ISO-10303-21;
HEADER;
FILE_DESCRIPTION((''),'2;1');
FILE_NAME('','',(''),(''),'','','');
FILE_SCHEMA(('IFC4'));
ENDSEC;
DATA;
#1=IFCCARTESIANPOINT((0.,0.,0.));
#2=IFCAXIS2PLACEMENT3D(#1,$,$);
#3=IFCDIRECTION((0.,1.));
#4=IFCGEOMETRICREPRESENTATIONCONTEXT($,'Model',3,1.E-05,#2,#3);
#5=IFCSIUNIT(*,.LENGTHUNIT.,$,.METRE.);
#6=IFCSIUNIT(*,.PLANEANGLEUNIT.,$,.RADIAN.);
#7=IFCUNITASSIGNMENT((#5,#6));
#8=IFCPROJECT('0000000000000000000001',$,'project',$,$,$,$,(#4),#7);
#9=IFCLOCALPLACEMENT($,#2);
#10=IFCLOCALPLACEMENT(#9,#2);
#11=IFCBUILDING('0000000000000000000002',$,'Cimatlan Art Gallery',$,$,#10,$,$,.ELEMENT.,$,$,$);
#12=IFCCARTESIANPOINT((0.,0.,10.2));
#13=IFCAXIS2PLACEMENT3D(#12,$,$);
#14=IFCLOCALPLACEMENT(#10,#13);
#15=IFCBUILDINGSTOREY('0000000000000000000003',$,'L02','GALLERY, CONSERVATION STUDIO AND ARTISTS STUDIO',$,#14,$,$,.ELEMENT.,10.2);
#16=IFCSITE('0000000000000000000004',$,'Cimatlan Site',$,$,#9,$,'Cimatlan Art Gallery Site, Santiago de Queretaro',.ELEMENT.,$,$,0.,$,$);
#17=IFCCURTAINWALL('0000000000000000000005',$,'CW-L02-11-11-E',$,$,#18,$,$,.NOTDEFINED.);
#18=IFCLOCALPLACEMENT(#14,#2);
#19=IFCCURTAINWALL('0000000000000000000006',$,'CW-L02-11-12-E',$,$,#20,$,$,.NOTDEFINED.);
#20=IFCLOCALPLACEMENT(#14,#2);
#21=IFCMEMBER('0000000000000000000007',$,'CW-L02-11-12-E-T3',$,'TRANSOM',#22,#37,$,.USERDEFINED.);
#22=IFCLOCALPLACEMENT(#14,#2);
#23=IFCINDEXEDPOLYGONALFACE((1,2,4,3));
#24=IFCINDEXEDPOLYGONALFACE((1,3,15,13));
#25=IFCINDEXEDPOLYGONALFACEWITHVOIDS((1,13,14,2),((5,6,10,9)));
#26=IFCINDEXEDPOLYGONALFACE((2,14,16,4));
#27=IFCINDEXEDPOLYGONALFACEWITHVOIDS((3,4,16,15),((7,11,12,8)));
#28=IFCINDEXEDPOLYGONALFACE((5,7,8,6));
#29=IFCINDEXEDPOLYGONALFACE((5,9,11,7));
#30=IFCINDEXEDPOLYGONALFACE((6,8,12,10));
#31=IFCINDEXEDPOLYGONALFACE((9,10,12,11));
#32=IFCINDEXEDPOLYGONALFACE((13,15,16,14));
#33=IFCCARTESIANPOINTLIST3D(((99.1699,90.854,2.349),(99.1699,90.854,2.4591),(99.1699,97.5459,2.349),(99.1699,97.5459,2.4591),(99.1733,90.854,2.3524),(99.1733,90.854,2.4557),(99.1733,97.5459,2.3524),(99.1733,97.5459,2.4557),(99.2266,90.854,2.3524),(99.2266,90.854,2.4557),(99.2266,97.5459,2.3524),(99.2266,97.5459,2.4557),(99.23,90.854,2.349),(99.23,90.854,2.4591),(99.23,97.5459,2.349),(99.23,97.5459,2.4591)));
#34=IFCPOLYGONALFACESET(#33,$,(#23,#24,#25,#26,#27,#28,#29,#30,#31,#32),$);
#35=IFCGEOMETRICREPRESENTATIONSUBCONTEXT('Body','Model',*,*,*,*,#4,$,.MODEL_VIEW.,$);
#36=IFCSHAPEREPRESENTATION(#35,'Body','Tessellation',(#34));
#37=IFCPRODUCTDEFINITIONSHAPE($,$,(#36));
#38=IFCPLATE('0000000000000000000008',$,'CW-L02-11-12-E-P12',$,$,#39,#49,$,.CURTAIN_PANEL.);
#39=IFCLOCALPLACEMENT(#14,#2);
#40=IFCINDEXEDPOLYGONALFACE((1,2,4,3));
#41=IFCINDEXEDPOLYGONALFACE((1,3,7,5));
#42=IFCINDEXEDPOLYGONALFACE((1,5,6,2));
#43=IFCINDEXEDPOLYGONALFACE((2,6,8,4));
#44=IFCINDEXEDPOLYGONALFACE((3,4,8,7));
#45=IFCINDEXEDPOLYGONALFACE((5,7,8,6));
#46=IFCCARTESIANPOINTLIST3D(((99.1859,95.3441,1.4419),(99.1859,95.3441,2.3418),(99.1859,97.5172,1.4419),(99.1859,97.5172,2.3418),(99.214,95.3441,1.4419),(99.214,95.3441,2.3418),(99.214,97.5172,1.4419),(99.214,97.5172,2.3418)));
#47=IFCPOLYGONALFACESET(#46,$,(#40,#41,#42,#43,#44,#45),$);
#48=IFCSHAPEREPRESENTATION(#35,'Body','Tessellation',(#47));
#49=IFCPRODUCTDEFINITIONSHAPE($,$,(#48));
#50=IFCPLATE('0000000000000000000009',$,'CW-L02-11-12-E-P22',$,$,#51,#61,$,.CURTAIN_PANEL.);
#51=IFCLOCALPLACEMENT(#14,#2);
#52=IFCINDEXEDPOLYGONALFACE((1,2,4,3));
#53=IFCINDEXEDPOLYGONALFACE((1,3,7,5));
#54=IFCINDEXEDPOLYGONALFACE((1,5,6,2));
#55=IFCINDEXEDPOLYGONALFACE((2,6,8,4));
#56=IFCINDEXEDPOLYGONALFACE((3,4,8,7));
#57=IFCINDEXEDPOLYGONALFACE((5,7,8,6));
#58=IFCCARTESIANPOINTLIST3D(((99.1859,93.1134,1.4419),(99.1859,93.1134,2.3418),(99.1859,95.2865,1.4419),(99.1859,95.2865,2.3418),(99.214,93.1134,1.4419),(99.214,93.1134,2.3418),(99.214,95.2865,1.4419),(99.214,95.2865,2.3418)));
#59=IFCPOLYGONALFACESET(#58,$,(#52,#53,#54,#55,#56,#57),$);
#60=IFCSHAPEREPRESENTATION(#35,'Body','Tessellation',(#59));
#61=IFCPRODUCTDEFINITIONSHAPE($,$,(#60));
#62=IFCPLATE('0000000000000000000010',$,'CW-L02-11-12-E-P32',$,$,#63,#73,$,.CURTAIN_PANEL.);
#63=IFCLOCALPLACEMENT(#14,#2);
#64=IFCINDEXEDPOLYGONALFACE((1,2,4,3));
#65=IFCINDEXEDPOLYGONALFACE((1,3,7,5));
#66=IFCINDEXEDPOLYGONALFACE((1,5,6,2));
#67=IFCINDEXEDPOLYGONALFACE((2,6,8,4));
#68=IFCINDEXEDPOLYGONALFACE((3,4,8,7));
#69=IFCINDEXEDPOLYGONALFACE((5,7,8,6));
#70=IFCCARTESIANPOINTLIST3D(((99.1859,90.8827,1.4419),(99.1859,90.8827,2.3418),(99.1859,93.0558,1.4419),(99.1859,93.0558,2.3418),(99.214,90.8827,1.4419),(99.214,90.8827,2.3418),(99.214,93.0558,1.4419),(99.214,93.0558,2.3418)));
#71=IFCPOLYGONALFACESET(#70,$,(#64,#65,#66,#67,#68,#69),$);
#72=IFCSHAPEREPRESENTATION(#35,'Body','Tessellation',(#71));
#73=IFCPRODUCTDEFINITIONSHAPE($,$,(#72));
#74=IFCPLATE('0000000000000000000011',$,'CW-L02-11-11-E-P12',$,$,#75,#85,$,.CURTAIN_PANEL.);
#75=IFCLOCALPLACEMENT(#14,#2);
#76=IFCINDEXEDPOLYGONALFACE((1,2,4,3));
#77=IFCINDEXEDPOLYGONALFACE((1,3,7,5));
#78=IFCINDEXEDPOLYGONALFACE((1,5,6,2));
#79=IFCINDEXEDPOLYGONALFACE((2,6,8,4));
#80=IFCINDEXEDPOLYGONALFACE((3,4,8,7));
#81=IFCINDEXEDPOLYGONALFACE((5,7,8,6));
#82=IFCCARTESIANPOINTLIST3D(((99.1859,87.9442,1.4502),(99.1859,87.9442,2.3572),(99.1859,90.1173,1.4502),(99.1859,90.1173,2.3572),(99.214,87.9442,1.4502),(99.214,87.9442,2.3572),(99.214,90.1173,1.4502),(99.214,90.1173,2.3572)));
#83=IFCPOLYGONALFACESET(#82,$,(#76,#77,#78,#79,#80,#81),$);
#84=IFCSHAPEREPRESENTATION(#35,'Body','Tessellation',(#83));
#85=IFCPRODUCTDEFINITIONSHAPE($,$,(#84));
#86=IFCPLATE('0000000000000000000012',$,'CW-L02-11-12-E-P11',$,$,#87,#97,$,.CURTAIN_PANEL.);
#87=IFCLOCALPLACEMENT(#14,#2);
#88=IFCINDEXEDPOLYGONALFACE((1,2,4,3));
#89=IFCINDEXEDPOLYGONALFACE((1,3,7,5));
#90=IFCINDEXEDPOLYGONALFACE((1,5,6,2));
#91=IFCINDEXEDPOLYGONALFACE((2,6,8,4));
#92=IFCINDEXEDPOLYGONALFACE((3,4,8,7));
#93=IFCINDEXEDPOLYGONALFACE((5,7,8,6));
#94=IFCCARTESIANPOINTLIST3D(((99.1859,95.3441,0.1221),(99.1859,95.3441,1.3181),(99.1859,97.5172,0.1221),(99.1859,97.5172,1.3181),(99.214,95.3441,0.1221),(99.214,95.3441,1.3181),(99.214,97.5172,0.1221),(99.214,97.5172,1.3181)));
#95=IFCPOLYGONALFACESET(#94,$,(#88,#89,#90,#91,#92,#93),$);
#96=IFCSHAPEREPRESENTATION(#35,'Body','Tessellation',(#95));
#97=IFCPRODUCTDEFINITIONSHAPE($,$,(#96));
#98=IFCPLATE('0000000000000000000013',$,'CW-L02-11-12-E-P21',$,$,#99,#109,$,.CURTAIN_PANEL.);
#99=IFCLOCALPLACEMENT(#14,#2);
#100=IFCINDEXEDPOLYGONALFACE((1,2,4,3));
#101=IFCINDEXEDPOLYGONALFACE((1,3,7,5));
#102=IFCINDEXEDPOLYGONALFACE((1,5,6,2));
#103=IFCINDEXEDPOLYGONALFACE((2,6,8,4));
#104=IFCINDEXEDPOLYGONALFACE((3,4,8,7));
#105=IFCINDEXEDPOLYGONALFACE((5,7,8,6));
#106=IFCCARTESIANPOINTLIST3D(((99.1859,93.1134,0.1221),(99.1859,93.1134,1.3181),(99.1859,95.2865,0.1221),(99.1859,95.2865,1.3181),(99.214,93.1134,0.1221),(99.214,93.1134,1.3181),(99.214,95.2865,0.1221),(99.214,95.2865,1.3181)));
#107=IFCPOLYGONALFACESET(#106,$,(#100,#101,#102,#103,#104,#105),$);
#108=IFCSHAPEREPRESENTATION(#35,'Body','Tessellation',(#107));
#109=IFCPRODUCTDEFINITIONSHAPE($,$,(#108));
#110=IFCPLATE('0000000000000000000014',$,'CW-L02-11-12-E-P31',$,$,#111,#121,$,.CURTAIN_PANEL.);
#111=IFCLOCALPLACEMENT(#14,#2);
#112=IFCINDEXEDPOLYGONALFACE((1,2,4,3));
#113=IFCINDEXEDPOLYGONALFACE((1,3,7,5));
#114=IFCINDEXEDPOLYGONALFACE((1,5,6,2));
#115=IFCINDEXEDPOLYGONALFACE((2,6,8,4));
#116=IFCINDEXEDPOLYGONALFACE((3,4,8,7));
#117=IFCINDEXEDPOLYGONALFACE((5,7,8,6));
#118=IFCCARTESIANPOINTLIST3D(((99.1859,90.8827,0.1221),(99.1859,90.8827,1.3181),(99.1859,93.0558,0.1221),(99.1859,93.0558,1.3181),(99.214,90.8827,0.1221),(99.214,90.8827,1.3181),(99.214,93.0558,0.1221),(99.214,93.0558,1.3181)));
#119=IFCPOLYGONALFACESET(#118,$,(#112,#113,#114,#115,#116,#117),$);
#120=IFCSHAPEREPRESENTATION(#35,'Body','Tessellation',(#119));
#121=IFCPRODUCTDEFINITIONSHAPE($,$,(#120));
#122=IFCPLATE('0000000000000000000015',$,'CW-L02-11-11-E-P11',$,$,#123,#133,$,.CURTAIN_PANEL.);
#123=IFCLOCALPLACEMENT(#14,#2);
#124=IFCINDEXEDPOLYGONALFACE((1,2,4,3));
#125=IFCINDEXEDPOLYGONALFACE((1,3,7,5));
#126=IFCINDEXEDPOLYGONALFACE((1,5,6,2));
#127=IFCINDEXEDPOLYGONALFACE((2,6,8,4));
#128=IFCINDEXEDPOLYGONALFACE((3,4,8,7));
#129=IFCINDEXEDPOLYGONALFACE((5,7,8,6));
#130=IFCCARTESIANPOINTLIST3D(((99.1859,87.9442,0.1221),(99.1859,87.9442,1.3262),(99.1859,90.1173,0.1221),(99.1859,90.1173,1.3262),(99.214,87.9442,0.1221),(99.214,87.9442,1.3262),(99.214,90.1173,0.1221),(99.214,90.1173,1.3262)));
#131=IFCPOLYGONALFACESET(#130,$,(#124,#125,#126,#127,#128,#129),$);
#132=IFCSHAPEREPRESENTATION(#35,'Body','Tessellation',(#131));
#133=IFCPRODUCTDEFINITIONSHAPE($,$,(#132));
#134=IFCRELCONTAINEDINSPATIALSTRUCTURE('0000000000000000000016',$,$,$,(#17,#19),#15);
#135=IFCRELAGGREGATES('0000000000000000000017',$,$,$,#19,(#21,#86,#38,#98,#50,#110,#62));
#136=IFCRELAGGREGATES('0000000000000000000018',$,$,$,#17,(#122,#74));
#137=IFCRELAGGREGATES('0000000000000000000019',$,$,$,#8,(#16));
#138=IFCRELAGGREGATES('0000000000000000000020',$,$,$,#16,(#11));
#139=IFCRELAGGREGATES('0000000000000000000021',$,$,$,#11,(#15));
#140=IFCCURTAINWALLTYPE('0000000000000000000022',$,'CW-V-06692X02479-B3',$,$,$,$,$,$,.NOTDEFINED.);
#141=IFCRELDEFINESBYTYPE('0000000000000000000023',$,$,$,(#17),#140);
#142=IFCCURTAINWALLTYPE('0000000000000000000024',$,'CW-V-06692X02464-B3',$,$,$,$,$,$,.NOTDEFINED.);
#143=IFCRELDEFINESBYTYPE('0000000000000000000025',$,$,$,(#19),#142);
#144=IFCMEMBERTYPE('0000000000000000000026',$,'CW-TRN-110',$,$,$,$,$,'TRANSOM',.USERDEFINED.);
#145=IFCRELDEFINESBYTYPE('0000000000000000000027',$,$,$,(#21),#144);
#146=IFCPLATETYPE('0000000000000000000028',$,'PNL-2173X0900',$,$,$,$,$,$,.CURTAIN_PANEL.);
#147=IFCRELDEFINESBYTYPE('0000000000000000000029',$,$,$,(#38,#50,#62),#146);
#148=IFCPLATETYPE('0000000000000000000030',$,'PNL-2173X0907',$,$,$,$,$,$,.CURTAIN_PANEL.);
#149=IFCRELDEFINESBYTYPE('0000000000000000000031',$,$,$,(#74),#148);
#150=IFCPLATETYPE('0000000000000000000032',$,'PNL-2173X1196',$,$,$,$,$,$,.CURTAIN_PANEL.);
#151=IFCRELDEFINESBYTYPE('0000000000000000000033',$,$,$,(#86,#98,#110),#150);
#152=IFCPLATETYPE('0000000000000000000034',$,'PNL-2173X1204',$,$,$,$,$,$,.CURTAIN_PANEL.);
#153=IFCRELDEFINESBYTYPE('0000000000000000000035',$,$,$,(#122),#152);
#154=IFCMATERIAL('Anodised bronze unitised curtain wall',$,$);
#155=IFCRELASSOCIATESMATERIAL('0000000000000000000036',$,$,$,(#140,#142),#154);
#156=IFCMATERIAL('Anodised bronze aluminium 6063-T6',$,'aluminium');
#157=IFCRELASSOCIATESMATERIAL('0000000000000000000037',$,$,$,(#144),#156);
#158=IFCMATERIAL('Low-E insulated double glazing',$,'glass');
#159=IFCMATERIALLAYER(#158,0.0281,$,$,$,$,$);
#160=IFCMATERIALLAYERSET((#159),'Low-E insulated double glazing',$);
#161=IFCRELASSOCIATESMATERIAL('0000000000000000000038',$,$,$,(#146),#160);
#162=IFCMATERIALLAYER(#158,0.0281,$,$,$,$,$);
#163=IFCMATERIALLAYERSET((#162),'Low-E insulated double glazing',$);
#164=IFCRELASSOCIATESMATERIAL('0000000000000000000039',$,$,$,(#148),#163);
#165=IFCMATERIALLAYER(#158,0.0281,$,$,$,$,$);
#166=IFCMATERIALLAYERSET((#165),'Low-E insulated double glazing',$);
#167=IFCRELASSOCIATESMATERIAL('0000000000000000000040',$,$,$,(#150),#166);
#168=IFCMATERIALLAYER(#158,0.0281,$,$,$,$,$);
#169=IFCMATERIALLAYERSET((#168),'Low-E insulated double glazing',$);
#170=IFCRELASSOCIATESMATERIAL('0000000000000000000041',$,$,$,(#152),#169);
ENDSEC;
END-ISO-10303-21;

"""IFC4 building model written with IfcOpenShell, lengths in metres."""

from ifc_helpers import new_model, si_unit, direction, frame, origin, origin_2d, place, context, subcontext, project, spatial, rectangle, hollow_rectangle, extrude, material, layer, layer_set, material_profile, profile_set, type_object, element, aggregate, save


model = new_model("IFC4")

# Units and contexts
model_context = context("Model", 3, precision=1e-05, world=origin(), true_north=direction((0.0, 1.0)))
body_context = subcontext(model_context, "Body", "Model", "MODEL_VIEW")
ifc_project = project(units=[si_unit("LENGTHUNIT", "METRE"), si_unit("PLANEANGLEUNIT", "RADIAN")], contexts=[model_context])

# Site, building, storey
site_placement = place(None, origin())
site = spatial("IfcSite", under=ifc_project, at=site_placement, Name="Cimatlan Site", LongName="Cimatlan Art Gallery Site, Santiago de Queretaro", CompositionType="ELEMENT", RefElevation=0.0)
building_placement = place(site_placement, origin())
building = spatial("IfcBuilding", under=site, at=building_placement, Name="Cimatlan Art Gallery", CompositionType="ELEMENT")
storey_placement = place(building_placement, frame((0.0, 0.0, 10.2)))
storey = spatial("IfcBuildingStorey", under=building, at=storey_placement, Name="L02", Description="GALLERY, CONSERVATION STUDIO AND ARTISTS STUDIO", CompositionType="ELEMENT", Elevation=10.2)

# Curtain walls
ifc_material_1 = material(Name="Anodised bronze unitised curtain wall")
curtain_wall_type_1 = type_object("IfcCurtainWallType", Name="CW-V-06692X02479-B3", PredefinedType="NOTDEFINED", material=ifc_material_1)
curtain_wall_1_placement = place(storey_placement, origin())
curtain_wall_1 = element("IfcCurtainWall", 1, at=curtain_wall_1_placement, inside=storey, type_object=curtain_wall_type_1, Name="CW-L02-11-11-E", PredefinedType="NOTDEFINED")
ifc_material_2 = material(Name="Anodised bronze aluminium 6063-T6", Category="aluminium")
curtain_wall_type_2 = type_object("IfcCurtainWallType", Name="CW-V-06692X02464-B3", PredefinedType="NOTDEFINED", material=ifc_material_1)
curtain_wall_2_placement = place(storey_placement, origin())
curtain_wall_2 = element("IfcCurtainWall", 2, at=curtain_wall_2_placement, inside=storey, type_object=curtain_wall_type_2, Name="CW-L02-11-12-E", PredefinedType="NOTDEFINED")

# Member
ifc_material_profile_1 = material_profile(ifc_material_2, hollow_rectangle(XDim=0.0601, YDim=0.1101, WallThickness=0.0034, at=origin_2d()), Name="ALU60X110X3")
ifc_profile_set_1 = profile_set([ifc_material_profile_1], Name="Anodised bronze aluminium 6063-T6")
member_type_1 = type_object("IfcMemberType", Name="CW-TRN-110", ElementType="TRANSOM", PredefinedType="USERDEFINED", material=ifc_profile_set_1)
member_1_placement = place(storey_placement, frame((99.2, 97.5459, 2.4041), z_axis=(0.0, -1.0, 0.0), x_axis=(1.0, 0.0, 0.0)))
member_1 = element("IfcMember", 3, at=member_1_placement, type_object=member_type_1, Name="CW-L02-11-12-E-T3", ObjectType="TRANSOM", PredefinedType="USERDEFINED", context=body_context, shape_type="SweptSolid", body=[
    extrude(hollow_rectangle(XDim=0.0601, YDim=0.1101, WallThickness=0.0034, at=origin_2d()), origin(), (0.0, 0.0, 1.0), 6.6919),
])

# Plates
ifc_material_3 = material(Name="Low-E insulated double glazing", Category="glass")
ifc_layer_1 = layer(ifc_material_3, 0.0281)
ifc_layer_set_1 = layer_set([ifc_layer_1], Name="Low-E insulated double glazing")
plate_type_1 = type_object("IfcPlateType", Name="PNL-2173X0900", PredefinedType="CURTAIN_PANEL", material=ifc_layer_set_1)
plate_1_placement = place(storey_placement, frame((99.2, 96.4307, 1.4419), z_axis=(0.0, 0.0, 1.0), x_axis=(0.0, -1.0, 0.0)))
plate_1 = element("IfcPlate", 4, at=plate_1_placement, type_object=plate_type_1, Name="CW-L02-11-12-E-P12", PredefinedType="CURTAIN_PANEL", context=body_context, shape_type="SweptSolid", body=[
    extrude(rectangle(XDim=2.1731, YDim=0.0281, at=origin_2d()), origin(), (0.0, 0.0, 1.0), 0.8999),
])
plate_2_placement = place(storey_placement, frame((99.2, 94.2, 1.4419), z_axis=(0.0, 0.0, 1.0), x_axis=(0.0, -1.0, 0.0)))
plate_2 = element("IfcPlate", 5, at=plate_2_placement, type_object=plate_type_1, Name="CW-L02-11-12-E-P22", PredefinedType="CURTAIN_PANEL", context=body_context, shape_type="SweptSolid", body=[
    extrude(rectangle(XDim=2.1731, YDim=0.0281, at=origin_2d()), origin(), (0.0, 0.0, 1.0), 0.8999),
])
plate_3_placement = place(storey_placement, frame((99.2, 91.9692, 1.4419), z_axis=(0.0, 0.0, 1.0), x_axis=(0.0, -1.0, 0.0)))
plate_3 = element("IfcPlate", 6, at=plate_3_placement, type_object=plate_type_1, Name="CW-L02-11-12-E-P32", PredefinedType="CURTAIN_PANEL", context=body_context, shape_type="SweptSolid", body=[
    extrude(rectangle(XDim=2.1731, YDim=0.0281, at=origin_2d()), origin(), (0.0, 0.0, 1.0), 0.8999),
])
ifc_layer_2 = layer(ifc_material_3, 0.0281)
ifc_layer_set_2 = layer_set([ifc_layer_2], Name="Low-E insulated double glazing")
plate_type_2 = type_object("IfcPlateType", Name="PNL-2173X0907", PredefinedType="CURTAIN_PANEL", material=ifc_layer_set_2)
plate_4_placement = place(storey_placement, frame((99.2, 89.0308, 1.4502), z_axis=(0.0, 0.0, 1.0), x_axis=(0.0, -1.0, 0.0)))
plate_4 = element("IfcPlate", 7, at=plate_4_placement, type_object=plate_type_2, Name="CW-L02-11-11-E-P12", PredefinedType="CURTAIN_PANEL", context=body_context, shape_type="SweptSolid", body=[
    extrude(rectangle(XDim=2.1731, YDim=0.0281, at=origin_2d()), origin(), (0.0, 0.0, 1.0), 0.907),
])
ifc_layer_3 = layer(ifc_material_3, 0.0281)
ifc_layer_set_3 = layer_set([ifc_layer_3], Name="Low-E insulated double glazing")
plate_type_3 = type_object("IfcPlateType", Name="PNL-2173X1196", PredefinedType="CURTAIN_PANEL", material=ifc_layer_set_3)
plate_5_placement = place(storey_placement, frame((99.2, 96.4307, 0.1221), z_axis=(0.0, 0.0, 1.0), x_axis=(0.0, -1.0, 0.0)))
plate_5 = element("IfcPlate", 8, at=plate_5_placement, type_object=plate_type_3, Name="CW-L02-11-12-E-P11", PredefinedType="CURTAIN_PANEL", context=body_context, shape_type="SweptSolid", body=[
    extrude(rectangle(XDim=2.1731, YDim=0.0281, at=origin_2d()), origin(), (0.0, 0.0, 1.0), 1.196),
])
plate_6_placement = place(storey_placement, frame((99.2, 94.2, 0.1221), z_axis=(0.0, 0.0, 1.0), x_axis=(0.0, -1.0, 0.0)))
plate_6 = element("IfcPlate", 9, at=plate_6_placement, type_object=plate_type_3, Name="CW-L02-11-12-E-P21", PredefinedType="CURTAIN_PANEL", context=body_context, shape_type="SweptSolid", body=[
    extrude(rectangle(XDim=2.1731, YDim=0.0281, at=origin_2d()), origin(), (0.0, 0.0, 1.0), 1.196),
])
plate_7_placement = place(storey_placement, frame((99.2, 91.9692, 0.1221), z_axis=(0.0, 0.0, 1.0), x_axis=(0.0, -1.0, 0.0)))
plate_7 = element("IfcPlate", 10, at=plate_7_placement, type_object=plate_type_3, Name="CW-L02-11-12-E-P31", PredefinedType="CURTAIN_PANEL", context=body_context, shape_type="SweptSolid", body=[
    extrude(rectangle(XDim=2.1731, YDim=0.0281, at=origin_2d()), origin(), (0.0, 0.0, 1.0), 1.196),
])
aggregate(curtain_wall_2, [member_1, plate_5, plate_1, plate_6, plate_2, plate_7, plate_3])
ifc_layer_4 = layer(ifc_material_3, 0.0281)
ifc_layer_set_4 = layer_set([ifc_layer_4], Name="Low-E insulated double glazing")
plate_type_4 = type_object("IfcPlateType", Name="PNL-2173X1204", PredefinedType="CURTAIN_PANEL", material=ifc_layer_set_4)
plate_8_placement = place(storey_placement, frame((99.2, 89.0308, 0.1221), z_axis=(0.0, 0.0, 1.0), x_axis=(0.0, -1.0, 0.0)))
plate_8 = element("IfcPlate", 11, at=plate_8_placement, type_object=plate_type_4, Name="CW-L02-11-11-E-P11", PredefinedType="CURTAIN_PANEL", context=body_context, shape_type="SweptSolid", body=[
    extrude(rectangle(XDim=2.1731, YDim=0.0281, at=origin_2d()), origin(), (0.0, 0.0, 1.0), 1.2041),
])
aggregate(curtain_wall_1, [plate_8, plate_4])

save(model, "model.ifc")
